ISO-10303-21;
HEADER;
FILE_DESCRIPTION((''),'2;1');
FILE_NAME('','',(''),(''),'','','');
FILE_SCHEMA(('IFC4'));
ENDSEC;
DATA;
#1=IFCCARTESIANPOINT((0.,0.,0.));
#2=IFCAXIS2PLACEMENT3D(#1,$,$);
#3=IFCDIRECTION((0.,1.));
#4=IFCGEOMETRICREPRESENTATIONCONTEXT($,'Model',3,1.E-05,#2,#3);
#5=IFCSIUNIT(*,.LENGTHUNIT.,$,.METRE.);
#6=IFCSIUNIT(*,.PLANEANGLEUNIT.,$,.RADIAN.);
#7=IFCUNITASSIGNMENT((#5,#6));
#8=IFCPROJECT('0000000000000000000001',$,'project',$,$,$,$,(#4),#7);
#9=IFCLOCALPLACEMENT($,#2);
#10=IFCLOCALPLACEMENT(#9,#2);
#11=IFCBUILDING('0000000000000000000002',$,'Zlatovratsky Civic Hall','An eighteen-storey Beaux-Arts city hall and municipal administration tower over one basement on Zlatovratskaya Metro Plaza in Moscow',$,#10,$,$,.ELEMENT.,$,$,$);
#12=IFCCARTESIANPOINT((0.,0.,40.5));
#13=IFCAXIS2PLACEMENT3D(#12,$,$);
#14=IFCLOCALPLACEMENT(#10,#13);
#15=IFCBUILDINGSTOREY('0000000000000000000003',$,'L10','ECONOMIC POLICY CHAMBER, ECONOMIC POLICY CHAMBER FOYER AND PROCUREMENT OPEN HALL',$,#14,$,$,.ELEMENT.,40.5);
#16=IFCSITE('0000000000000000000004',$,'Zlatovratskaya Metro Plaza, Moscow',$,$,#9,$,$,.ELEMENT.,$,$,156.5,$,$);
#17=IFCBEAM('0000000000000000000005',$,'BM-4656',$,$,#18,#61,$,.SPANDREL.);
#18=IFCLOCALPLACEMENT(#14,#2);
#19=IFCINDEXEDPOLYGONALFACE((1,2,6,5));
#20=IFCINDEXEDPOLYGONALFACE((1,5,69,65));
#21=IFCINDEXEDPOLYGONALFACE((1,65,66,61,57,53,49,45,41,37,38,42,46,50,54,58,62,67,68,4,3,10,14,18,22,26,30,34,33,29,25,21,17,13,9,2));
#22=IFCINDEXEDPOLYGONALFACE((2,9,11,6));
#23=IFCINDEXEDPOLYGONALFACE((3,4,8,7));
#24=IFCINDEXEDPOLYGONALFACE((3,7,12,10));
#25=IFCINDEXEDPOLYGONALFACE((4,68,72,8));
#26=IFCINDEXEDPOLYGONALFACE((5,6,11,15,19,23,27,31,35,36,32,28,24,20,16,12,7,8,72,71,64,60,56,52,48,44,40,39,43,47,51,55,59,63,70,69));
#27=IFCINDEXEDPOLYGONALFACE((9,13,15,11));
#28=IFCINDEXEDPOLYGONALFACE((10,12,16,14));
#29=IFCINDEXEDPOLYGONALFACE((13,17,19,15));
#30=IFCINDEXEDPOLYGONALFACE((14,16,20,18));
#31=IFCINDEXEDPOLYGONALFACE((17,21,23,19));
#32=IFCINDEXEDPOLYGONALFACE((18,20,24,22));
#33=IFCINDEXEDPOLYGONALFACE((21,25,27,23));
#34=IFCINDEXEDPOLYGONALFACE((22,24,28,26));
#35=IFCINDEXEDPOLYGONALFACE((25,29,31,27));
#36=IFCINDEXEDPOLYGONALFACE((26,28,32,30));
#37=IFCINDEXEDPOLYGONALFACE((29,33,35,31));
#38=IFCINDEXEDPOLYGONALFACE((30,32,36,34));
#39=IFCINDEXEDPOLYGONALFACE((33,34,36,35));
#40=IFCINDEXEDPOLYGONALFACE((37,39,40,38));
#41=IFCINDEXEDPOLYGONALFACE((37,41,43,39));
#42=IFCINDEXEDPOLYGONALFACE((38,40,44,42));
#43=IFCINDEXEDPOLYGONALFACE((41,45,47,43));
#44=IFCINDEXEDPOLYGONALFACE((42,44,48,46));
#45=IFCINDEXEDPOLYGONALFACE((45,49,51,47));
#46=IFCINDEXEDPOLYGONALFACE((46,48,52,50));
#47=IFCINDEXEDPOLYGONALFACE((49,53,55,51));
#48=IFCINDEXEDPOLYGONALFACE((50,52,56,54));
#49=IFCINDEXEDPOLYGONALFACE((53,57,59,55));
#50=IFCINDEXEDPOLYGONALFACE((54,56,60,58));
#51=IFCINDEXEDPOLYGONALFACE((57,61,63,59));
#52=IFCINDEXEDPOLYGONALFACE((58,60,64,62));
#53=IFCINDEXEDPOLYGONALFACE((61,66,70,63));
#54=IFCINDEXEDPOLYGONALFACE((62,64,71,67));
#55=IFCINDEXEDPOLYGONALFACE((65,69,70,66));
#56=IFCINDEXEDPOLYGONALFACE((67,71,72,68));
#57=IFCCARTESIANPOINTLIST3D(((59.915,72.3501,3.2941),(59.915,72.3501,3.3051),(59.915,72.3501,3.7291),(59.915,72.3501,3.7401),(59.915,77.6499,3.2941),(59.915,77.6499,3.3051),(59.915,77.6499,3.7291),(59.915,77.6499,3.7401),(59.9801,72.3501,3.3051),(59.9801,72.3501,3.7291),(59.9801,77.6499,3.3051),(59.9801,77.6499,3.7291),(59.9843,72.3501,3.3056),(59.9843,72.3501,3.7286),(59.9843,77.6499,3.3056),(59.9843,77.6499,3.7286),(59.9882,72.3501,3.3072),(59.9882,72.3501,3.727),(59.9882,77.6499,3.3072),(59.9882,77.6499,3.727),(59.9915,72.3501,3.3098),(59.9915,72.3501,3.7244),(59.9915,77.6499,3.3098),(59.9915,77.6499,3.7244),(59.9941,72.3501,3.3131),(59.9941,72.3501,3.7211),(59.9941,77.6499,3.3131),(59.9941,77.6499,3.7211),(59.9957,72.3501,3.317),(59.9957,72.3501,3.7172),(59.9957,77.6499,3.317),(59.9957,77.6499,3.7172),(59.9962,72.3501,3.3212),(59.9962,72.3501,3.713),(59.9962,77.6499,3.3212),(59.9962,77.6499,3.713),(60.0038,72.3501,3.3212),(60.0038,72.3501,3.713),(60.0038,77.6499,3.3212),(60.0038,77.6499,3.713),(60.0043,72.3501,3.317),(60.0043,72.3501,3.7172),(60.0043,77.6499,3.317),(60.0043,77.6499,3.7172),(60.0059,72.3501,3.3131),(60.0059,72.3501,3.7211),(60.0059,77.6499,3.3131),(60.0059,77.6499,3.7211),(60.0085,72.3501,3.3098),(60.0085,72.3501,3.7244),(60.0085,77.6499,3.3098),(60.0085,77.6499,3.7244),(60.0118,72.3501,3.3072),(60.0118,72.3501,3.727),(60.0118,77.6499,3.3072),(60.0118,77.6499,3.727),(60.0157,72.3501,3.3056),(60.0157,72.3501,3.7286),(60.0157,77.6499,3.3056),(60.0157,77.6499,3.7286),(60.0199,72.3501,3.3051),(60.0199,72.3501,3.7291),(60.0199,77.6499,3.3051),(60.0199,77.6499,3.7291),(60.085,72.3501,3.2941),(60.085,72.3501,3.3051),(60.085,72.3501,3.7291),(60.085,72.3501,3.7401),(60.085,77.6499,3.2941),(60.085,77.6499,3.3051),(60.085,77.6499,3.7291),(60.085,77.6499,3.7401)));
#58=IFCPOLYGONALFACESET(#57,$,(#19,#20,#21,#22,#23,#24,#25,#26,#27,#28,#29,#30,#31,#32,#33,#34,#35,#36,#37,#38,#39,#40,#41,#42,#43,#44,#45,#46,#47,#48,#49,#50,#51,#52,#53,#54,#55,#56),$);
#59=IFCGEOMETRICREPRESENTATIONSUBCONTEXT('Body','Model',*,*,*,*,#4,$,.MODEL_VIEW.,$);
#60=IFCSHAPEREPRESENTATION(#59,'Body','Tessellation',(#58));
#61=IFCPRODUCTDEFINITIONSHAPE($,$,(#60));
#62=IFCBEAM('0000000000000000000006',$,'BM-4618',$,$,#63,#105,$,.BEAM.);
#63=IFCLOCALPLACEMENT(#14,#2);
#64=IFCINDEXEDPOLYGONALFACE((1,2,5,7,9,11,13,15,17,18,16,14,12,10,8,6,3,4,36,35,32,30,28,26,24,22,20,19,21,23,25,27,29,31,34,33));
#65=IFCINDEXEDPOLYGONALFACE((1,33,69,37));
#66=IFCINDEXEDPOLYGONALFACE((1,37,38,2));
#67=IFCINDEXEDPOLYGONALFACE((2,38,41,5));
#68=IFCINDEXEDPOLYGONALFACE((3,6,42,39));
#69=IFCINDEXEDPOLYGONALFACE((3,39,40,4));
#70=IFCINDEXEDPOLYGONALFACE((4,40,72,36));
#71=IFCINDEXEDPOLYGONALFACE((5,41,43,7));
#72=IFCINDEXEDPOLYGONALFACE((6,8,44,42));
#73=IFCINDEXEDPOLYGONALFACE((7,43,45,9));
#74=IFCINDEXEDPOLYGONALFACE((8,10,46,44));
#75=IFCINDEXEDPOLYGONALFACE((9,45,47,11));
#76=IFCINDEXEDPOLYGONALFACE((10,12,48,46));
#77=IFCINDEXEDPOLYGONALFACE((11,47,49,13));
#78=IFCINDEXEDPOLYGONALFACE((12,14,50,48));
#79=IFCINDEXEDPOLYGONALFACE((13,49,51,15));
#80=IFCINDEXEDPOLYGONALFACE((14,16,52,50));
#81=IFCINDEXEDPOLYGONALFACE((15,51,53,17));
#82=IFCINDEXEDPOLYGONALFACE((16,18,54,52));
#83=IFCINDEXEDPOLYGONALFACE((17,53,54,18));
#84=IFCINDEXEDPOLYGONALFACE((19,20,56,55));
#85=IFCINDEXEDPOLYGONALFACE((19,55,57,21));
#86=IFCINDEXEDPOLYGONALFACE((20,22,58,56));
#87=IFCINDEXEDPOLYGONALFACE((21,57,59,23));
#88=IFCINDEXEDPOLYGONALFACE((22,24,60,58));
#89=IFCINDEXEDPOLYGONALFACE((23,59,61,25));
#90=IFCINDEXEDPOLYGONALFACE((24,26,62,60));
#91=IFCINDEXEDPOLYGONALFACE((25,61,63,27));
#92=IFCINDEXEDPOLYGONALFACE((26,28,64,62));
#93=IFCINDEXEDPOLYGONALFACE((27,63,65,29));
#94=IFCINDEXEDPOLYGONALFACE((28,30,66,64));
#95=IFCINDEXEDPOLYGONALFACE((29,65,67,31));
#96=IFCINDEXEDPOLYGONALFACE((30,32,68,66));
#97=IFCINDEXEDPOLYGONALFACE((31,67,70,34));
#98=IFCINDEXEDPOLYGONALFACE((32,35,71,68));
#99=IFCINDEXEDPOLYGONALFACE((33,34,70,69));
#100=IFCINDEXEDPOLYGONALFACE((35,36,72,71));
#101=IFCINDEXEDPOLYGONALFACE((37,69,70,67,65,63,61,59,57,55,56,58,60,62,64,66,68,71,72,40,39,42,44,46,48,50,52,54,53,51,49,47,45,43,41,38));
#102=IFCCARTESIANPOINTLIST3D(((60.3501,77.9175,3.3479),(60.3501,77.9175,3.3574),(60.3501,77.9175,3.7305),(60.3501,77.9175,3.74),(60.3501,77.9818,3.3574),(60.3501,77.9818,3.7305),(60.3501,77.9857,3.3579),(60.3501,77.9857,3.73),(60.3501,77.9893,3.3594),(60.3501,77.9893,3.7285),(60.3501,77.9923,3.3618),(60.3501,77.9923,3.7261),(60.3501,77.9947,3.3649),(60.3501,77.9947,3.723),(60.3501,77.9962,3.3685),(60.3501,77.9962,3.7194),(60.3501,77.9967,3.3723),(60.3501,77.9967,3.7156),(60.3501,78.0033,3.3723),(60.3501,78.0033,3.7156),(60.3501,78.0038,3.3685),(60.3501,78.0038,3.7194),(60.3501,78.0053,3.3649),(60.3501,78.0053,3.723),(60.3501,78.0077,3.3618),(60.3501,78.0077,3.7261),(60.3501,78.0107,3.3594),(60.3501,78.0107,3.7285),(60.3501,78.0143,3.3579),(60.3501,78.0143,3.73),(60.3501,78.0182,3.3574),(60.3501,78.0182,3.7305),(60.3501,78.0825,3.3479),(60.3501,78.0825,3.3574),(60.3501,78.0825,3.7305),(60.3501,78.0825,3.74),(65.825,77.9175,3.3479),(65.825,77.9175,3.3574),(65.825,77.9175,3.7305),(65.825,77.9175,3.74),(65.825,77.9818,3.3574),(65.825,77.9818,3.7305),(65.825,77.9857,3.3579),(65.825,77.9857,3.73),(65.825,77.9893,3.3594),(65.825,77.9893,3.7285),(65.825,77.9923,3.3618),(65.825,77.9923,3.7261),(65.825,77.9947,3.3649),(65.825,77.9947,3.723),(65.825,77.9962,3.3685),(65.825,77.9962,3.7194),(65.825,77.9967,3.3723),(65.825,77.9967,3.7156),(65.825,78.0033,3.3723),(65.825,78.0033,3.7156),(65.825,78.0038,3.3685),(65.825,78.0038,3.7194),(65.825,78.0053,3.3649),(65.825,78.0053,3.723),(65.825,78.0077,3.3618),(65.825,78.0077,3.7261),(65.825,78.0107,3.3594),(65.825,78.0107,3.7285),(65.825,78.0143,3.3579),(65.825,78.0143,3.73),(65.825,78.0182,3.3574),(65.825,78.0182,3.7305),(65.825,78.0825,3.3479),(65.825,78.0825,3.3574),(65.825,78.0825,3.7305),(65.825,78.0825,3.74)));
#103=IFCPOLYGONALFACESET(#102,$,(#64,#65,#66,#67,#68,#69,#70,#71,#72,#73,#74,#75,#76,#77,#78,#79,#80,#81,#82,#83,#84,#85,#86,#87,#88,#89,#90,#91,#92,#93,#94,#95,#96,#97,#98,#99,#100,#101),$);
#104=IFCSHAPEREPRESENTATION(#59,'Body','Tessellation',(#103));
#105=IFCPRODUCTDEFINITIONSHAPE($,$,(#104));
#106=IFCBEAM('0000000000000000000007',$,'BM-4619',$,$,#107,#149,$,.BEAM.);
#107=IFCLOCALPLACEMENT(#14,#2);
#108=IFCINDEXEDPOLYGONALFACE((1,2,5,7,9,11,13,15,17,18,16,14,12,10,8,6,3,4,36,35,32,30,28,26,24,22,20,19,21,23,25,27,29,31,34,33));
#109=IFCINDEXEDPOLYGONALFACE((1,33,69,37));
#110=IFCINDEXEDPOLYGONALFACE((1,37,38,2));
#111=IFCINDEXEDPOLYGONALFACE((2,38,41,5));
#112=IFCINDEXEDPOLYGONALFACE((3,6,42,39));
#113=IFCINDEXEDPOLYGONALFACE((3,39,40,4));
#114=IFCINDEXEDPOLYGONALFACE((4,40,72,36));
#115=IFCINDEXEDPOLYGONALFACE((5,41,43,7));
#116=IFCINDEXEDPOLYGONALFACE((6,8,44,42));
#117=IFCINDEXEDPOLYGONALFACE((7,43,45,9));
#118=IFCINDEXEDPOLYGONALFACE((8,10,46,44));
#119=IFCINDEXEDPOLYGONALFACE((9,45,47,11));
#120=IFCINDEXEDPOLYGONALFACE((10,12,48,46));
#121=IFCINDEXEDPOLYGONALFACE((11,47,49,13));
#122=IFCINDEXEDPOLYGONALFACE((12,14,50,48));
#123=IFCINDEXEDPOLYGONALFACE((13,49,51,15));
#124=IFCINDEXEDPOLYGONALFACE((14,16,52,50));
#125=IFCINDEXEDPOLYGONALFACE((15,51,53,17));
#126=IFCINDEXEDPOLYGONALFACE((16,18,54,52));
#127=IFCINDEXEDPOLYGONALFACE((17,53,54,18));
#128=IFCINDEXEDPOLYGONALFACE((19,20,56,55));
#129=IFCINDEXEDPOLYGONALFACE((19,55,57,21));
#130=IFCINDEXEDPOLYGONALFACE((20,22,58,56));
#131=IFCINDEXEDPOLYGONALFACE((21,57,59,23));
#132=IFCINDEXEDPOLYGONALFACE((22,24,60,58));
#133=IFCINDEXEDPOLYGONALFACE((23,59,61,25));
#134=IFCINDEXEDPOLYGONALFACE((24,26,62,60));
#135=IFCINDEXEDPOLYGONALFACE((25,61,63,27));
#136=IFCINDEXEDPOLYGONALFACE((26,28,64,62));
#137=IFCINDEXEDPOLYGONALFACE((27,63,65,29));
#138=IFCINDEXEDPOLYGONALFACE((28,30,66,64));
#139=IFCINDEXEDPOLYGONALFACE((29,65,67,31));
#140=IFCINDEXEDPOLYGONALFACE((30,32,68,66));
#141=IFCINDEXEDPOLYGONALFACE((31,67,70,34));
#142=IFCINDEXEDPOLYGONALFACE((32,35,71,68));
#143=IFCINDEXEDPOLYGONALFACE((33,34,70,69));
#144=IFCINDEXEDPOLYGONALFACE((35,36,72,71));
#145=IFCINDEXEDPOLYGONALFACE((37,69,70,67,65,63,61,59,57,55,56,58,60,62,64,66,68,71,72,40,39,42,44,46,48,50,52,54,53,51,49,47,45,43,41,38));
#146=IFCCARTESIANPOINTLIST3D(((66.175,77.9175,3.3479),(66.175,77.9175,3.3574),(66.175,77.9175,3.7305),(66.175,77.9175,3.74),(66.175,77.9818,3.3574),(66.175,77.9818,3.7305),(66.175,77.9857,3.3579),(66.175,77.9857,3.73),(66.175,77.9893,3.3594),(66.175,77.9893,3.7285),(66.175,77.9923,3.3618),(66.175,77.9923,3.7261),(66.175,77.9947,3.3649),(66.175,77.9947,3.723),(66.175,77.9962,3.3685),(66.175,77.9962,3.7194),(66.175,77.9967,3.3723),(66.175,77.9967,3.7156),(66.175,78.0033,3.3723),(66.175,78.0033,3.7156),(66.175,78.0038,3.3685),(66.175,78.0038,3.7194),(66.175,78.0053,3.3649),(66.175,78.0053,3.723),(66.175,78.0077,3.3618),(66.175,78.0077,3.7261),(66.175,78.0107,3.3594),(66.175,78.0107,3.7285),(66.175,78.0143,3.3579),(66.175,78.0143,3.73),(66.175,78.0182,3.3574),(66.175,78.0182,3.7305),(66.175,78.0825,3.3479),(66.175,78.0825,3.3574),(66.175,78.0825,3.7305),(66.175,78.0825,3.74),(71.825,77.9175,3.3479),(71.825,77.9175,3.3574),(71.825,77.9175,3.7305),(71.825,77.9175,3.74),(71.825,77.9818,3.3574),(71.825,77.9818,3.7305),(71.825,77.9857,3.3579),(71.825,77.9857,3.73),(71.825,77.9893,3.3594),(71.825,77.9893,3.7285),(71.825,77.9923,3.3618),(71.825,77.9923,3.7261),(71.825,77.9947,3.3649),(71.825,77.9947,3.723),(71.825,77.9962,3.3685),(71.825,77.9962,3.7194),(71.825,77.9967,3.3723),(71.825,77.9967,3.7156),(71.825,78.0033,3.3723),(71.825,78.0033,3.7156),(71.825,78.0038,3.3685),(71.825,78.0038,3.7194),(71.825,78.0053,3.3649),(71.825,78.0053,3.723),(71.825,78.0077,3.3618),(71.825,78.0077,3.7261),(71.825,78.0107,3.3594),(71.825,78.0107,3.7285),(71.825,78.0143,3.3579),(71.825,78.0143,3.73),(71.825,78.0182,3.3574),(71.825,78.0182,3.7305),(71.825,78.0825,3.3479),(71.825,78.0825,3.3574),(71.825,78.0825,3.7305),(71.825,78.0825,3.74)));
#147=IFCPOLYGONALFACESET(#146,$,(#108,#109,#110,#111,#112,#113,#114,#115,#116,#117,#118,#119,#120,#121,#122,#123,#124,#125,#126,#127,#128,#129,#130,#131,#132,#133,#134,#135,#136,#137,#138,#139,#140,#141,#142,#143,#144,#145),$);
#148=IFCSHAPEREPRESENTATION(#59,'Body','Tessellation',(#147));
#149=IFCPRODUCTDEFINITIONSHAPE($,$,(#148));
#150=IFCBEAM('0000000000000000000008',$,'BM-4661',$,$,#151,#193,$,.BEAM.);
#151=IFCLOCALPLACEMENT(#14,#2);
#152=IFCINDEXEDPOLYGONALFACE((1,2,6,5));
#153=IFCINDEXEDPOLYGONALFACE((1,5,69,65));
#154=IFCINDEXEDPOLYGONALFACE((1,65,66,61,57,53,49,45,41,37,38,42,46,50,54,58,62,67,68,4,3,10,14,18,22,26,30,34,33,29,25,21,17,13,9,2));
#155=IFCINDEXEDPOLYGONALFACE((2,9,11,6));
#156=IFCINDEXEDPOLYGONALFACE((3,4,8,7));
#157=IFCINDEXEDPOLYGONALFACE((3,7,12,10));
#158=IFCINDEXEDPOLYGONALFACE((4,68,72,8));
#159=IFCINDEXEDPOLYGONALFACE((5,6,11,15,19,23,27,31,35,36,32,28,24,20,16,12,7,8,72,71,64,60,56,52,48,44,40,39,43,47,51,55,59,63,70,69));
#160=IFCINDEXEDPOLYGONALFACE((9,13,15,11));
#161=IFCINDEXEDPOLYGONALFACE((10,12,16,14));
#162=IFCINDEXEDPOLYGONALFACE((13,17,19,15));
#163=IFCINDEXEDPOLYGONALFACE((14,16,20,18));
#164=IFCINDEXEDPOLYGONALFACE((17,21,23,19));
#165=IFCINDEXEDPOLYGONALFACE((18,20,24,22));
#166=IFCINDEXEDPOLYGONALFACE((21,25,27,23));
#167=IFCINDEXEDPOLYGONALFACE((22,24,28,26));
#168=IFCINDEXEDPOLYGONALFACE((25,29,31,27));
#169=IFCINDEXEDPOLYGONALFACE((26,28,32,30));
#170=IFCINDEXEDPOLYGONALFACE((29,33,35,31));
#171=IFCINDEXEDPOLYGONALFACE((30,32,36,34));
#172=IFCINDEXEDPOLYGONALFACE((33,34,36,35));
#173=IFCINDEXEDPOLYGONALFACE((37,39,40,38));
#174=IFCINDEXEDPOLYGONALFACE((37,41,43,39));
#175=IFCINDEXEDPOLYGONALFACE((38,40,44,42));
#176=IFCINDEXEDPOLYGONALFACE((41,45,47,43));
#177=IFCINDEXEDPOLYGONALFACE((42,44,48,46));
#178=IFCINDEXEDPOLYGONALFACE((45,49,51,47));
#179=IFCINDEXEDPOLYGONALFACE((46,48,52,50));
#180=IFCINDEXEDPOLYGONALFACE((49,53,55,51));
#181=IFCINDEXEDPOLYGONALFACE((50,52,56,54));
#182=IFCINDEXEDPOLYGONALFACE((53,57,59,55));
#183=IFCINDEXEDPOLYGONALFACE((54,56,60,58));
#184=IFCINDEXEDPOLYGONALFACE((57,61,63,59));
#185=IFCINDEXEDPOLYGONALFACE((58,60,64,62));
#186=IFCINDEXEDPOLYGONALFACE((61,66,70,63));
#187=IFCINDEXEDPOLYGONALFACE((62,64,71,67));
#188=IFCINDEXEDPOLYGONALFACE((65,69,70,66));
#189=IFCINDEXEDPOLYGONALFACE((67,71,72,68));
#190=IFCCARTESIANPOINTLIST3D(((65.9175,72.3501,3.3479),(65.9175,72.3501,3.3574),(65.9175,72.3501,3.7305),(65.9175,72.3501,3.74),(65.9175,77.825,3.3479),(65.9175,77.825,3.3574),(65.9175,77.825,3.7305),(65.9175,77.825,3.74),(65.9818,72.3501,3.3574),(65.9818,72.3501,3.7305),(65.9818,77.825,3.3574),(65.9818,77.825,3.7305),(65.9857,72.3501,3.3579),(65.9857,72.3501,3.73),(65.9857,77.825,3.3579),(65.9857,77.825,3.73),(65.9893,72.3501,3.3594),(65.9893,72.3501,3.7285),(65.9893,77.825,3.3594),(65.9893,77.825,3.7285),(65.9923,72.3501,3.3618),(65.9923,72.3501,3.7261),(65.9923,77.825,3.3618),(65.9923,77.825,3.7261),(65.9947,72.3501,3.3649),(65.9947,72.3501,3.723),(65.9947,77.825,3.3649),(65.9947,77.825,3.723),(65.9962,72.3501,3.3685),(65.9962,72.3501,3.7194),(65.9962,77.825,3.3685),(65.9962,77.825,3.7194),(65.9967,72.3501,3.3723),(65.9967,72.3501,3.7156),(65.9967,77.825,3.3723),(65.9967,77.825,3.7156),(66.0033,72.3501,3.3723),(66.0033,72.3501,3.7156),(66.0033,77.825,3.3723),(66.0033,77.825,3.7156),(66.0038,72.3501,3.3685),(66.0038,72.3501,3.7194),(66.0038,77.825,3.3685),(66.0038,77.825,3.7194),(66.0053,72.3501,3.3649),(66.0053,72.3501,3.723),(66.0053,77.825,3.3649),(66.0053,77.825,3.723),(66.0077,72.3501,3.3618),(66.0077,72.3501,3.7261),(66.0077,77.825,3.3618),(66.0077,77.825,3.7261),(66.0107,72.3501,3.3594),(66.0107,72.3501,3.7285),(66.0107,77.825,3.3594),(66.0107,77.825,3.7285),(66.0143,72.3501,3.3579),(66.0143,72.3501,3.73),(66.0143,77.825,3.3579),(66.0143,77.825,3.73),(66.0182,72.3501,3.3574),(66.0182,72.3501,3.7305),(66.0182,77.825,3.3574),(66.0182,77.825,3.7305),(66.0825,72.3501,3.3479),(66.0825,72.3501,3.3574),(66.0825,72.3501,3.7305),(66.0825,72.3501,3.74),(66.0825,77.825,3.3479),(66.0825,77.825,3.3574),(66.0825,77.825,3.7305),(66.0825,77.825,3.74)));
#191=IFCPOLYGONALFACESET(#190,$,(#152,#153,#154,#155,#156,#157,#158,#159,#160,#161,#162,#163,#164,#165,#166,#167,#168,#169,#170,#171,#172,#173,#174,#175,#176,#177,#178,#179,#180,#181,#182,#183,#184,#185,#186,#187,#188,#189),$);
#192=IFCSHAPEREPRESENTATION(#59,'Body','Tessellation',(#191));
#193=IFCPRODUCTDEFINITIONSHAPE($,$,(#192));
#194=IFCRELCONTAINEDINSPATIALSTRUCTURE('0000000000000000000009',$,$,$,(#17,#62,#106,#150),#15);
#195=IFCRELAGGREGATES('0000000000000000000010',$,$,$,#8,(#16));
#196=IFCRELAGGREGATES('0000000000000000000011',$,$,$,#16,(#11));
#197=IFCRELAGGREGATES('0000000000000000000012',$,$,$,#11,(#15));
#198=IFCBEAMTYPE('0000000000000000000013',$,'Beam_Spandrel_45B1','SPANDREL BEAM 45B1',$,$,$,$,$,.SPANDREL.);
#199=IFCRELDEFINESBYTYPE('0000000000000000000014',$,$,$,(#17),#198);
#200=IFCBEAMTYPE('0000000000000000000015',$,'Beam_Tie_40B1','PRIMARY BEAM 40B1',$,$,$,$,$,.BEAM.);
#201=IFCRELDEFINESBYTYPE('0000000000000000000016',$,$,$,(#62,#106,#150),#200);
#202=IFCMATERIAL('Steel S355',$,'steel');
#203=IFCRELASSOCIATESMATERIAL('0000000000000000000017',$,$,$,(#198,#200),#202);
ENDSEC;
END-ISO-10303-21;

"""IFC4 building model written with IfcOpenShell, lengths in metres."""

from ifc_helpers import new_model, si_unit, direction, frame, origin, origin_2d, place, context, subcontext, project, spatial, i_section, extrude, material, material_profile, profile_set, type_object, element, save


model = new_model("IFC4")

# Units and contexts
model_context = context("Model", 3, precision=1e-05, world=origin(), true_north=direction((0.0, 1.0)))
body_context = subcontext(model_context, "Body", "Model", "MODEL_VIEW")
ifc_project = project(units=[si_unit("LENGTHUNIT", "METRE"), si_unit("PLANEANGLEUNIT", "RADIAN")], contexts=[model_context])

# Site, building, storey
site_placement = place(None, origin())
site = spatial("IfcSite", under=ifc_project, at=site_placement, Name="Zlatovratskaya Metro Plaza, Moscow", CompositionType="ELEMENT", RefElevation=156.5)
building_placement = place(site_placement, origin())
building = spatial("IfcBuilding", under=site, at=building_placement, Name="Zlatovratsky Civic Hall", Description="An eighteen-storey Beaux-Arts city hall and municipal administration tower over one basement on Zlatovratskaya Metro Plaza in Moscow", CompositionType="ELEMENT")
storey_placement = place(building_placement, frame((0.0, 0.0, 40.5)))
storey = spatial("IfcBuildingStorey", under=building, at=storey_placement, Name="L10", Description="ECONOMIC POLICY CHAMBER, ECONOMIC POLICY CHAMBER FOYER AND PROCUREMENT OPEN HALL", CompositionType="ELEMENT", Elevation=40.5)

# Shared definitions
ifc_material_1 = material(Name="Steel S355", Category="steel")

# Beams
ifc_material_profile_1 = material_profile(ifc_material_1, i_section(OverallWidth=0.1699, OverallDepth=0.446, WebThickness=0.0076, FlangeThickness=0.011, FilletRadius=0.0161, at=origin_2d()), Name="45B1")
ifc_profile_set_1 = profile_set([ifc_material_profile_1], Name="Steel S355")
beam_type_1 = type_object("IfcBeamType", Name="Beam_Spandrel_45B1", Description="SPANDREL BEAM 45B1", PredefinedType="SPANDREL", material=ifc_profile_set_1)
for number, where, z_axis, x_axis, name in (
    (1, (60.0, 72.3501, 3.5171), (0.0, 1.0, 0.0), (-1.0, 0.0, 0.0), "BM-4656"),
):
    element("IfcBeam", number, at=place(storey_placement, frame(where, z_axis=z_axis, x_axis=x_axis)), inside=storey, type_object=beam_type_1, Name=name, PredefinedType="SPANDREL", context=body_context, shape_type="SweptSolid", body=[
        extrude(i_section(OverallWidth=0.1699, OverallDepth=0.446, WebThickness=0.0076, FlangeThickness=0.011, FilletRadius=0.0161, at=origin_2d()), origin(), (0.0, 0.0, 1.0), 5.2998),
    ])
ifc_material_profile_2 = material_profile(ifc_material_1, i_section(OverallWidth=0.165, OverallDepth=0.3921, WebThickness=0.0066, FlangeThickness=0.0095, FilletRadius=0.0149, at=origin_2d()), Name="40B1")
ifc_profile_set_2 = profile_set([ifc_material_profile_2], Name="Steel S355")
beam_type_2 = type_object("IfcBeamType", Name="Beam_Tie_40B1", Description="PRIMARY BEAM 40B1", PredefinedType="BEAM", material=ifc_profile_set_2)
beam_1_placement = place(storey_placement, frame((60.3501, 78.0, 3.5439), z_axis=(1.0, 0.0, 0.0), x_axis=(0.0, 1.0, 0.0)))
element("IfcBeam", 2, at=beam_1_placement, inside=storey, type_object=beam_type_2, Name="BM-4618", PredefinedType="BEAM", context=body_context, shape_type="SweptSolid", body=[
    extrude(i_section(OverallWidth=0.165, OverallDepth=0.3921, WebThickness=0.0066, FlangeThickness=0.0095, FilletRadius=0.0149, at=origin_2d()), origin(), (0.0, 0.0, 1.0), 5.4749),
])
beam_2_placement = place(storey_placement, frame((66.175, 78.0, 3.5439), z_axis=(1.0, 0.0, 0.0), x_axis=(0.0, 1.0, 0.0)))
element("IfcBeam", 3, at=beam_2_placement, inside=storey, type_object=beam_type_2, Name="BM-4619", PredefinedType="BEAM", context=body_context, shape_type="SweptSolid", body=[
    extrude(i_section(OverallWidth=0.165, OverallDepth=0.3921, WebThickness=0.0066, FlangeThickness=0.0095, FilletRadius=0.0149, at=origin_2d()), origin(), (0.0, 0.0, 1.0), 5.6499),
])
beam_3_placement = place(storey_placement, frame((66.0, 72.3501, 3.5439), z_axis=(0.0, 1.0, 0.0), x_axis=(-1.0, 0.0, 0.0)))
element("IfcBeam", 4, at=beam_3_placement, inside=storey, type_object=beam_type_2, Name="BM-4661", PredefinedType="BEAM", context=body_context, shape_type="SweptSolid", body=[
    extrude(i_section(OverallWidth=0.165, OverallDepth=0.3921, WebThickness=0.0066, FlangeThickness=0.0095, FilletRadius=0.0149, at=origin_2d()), origin(), (0.0, 0.0, 1.0), 5.4749),
])

save(model, "model.ifc")
